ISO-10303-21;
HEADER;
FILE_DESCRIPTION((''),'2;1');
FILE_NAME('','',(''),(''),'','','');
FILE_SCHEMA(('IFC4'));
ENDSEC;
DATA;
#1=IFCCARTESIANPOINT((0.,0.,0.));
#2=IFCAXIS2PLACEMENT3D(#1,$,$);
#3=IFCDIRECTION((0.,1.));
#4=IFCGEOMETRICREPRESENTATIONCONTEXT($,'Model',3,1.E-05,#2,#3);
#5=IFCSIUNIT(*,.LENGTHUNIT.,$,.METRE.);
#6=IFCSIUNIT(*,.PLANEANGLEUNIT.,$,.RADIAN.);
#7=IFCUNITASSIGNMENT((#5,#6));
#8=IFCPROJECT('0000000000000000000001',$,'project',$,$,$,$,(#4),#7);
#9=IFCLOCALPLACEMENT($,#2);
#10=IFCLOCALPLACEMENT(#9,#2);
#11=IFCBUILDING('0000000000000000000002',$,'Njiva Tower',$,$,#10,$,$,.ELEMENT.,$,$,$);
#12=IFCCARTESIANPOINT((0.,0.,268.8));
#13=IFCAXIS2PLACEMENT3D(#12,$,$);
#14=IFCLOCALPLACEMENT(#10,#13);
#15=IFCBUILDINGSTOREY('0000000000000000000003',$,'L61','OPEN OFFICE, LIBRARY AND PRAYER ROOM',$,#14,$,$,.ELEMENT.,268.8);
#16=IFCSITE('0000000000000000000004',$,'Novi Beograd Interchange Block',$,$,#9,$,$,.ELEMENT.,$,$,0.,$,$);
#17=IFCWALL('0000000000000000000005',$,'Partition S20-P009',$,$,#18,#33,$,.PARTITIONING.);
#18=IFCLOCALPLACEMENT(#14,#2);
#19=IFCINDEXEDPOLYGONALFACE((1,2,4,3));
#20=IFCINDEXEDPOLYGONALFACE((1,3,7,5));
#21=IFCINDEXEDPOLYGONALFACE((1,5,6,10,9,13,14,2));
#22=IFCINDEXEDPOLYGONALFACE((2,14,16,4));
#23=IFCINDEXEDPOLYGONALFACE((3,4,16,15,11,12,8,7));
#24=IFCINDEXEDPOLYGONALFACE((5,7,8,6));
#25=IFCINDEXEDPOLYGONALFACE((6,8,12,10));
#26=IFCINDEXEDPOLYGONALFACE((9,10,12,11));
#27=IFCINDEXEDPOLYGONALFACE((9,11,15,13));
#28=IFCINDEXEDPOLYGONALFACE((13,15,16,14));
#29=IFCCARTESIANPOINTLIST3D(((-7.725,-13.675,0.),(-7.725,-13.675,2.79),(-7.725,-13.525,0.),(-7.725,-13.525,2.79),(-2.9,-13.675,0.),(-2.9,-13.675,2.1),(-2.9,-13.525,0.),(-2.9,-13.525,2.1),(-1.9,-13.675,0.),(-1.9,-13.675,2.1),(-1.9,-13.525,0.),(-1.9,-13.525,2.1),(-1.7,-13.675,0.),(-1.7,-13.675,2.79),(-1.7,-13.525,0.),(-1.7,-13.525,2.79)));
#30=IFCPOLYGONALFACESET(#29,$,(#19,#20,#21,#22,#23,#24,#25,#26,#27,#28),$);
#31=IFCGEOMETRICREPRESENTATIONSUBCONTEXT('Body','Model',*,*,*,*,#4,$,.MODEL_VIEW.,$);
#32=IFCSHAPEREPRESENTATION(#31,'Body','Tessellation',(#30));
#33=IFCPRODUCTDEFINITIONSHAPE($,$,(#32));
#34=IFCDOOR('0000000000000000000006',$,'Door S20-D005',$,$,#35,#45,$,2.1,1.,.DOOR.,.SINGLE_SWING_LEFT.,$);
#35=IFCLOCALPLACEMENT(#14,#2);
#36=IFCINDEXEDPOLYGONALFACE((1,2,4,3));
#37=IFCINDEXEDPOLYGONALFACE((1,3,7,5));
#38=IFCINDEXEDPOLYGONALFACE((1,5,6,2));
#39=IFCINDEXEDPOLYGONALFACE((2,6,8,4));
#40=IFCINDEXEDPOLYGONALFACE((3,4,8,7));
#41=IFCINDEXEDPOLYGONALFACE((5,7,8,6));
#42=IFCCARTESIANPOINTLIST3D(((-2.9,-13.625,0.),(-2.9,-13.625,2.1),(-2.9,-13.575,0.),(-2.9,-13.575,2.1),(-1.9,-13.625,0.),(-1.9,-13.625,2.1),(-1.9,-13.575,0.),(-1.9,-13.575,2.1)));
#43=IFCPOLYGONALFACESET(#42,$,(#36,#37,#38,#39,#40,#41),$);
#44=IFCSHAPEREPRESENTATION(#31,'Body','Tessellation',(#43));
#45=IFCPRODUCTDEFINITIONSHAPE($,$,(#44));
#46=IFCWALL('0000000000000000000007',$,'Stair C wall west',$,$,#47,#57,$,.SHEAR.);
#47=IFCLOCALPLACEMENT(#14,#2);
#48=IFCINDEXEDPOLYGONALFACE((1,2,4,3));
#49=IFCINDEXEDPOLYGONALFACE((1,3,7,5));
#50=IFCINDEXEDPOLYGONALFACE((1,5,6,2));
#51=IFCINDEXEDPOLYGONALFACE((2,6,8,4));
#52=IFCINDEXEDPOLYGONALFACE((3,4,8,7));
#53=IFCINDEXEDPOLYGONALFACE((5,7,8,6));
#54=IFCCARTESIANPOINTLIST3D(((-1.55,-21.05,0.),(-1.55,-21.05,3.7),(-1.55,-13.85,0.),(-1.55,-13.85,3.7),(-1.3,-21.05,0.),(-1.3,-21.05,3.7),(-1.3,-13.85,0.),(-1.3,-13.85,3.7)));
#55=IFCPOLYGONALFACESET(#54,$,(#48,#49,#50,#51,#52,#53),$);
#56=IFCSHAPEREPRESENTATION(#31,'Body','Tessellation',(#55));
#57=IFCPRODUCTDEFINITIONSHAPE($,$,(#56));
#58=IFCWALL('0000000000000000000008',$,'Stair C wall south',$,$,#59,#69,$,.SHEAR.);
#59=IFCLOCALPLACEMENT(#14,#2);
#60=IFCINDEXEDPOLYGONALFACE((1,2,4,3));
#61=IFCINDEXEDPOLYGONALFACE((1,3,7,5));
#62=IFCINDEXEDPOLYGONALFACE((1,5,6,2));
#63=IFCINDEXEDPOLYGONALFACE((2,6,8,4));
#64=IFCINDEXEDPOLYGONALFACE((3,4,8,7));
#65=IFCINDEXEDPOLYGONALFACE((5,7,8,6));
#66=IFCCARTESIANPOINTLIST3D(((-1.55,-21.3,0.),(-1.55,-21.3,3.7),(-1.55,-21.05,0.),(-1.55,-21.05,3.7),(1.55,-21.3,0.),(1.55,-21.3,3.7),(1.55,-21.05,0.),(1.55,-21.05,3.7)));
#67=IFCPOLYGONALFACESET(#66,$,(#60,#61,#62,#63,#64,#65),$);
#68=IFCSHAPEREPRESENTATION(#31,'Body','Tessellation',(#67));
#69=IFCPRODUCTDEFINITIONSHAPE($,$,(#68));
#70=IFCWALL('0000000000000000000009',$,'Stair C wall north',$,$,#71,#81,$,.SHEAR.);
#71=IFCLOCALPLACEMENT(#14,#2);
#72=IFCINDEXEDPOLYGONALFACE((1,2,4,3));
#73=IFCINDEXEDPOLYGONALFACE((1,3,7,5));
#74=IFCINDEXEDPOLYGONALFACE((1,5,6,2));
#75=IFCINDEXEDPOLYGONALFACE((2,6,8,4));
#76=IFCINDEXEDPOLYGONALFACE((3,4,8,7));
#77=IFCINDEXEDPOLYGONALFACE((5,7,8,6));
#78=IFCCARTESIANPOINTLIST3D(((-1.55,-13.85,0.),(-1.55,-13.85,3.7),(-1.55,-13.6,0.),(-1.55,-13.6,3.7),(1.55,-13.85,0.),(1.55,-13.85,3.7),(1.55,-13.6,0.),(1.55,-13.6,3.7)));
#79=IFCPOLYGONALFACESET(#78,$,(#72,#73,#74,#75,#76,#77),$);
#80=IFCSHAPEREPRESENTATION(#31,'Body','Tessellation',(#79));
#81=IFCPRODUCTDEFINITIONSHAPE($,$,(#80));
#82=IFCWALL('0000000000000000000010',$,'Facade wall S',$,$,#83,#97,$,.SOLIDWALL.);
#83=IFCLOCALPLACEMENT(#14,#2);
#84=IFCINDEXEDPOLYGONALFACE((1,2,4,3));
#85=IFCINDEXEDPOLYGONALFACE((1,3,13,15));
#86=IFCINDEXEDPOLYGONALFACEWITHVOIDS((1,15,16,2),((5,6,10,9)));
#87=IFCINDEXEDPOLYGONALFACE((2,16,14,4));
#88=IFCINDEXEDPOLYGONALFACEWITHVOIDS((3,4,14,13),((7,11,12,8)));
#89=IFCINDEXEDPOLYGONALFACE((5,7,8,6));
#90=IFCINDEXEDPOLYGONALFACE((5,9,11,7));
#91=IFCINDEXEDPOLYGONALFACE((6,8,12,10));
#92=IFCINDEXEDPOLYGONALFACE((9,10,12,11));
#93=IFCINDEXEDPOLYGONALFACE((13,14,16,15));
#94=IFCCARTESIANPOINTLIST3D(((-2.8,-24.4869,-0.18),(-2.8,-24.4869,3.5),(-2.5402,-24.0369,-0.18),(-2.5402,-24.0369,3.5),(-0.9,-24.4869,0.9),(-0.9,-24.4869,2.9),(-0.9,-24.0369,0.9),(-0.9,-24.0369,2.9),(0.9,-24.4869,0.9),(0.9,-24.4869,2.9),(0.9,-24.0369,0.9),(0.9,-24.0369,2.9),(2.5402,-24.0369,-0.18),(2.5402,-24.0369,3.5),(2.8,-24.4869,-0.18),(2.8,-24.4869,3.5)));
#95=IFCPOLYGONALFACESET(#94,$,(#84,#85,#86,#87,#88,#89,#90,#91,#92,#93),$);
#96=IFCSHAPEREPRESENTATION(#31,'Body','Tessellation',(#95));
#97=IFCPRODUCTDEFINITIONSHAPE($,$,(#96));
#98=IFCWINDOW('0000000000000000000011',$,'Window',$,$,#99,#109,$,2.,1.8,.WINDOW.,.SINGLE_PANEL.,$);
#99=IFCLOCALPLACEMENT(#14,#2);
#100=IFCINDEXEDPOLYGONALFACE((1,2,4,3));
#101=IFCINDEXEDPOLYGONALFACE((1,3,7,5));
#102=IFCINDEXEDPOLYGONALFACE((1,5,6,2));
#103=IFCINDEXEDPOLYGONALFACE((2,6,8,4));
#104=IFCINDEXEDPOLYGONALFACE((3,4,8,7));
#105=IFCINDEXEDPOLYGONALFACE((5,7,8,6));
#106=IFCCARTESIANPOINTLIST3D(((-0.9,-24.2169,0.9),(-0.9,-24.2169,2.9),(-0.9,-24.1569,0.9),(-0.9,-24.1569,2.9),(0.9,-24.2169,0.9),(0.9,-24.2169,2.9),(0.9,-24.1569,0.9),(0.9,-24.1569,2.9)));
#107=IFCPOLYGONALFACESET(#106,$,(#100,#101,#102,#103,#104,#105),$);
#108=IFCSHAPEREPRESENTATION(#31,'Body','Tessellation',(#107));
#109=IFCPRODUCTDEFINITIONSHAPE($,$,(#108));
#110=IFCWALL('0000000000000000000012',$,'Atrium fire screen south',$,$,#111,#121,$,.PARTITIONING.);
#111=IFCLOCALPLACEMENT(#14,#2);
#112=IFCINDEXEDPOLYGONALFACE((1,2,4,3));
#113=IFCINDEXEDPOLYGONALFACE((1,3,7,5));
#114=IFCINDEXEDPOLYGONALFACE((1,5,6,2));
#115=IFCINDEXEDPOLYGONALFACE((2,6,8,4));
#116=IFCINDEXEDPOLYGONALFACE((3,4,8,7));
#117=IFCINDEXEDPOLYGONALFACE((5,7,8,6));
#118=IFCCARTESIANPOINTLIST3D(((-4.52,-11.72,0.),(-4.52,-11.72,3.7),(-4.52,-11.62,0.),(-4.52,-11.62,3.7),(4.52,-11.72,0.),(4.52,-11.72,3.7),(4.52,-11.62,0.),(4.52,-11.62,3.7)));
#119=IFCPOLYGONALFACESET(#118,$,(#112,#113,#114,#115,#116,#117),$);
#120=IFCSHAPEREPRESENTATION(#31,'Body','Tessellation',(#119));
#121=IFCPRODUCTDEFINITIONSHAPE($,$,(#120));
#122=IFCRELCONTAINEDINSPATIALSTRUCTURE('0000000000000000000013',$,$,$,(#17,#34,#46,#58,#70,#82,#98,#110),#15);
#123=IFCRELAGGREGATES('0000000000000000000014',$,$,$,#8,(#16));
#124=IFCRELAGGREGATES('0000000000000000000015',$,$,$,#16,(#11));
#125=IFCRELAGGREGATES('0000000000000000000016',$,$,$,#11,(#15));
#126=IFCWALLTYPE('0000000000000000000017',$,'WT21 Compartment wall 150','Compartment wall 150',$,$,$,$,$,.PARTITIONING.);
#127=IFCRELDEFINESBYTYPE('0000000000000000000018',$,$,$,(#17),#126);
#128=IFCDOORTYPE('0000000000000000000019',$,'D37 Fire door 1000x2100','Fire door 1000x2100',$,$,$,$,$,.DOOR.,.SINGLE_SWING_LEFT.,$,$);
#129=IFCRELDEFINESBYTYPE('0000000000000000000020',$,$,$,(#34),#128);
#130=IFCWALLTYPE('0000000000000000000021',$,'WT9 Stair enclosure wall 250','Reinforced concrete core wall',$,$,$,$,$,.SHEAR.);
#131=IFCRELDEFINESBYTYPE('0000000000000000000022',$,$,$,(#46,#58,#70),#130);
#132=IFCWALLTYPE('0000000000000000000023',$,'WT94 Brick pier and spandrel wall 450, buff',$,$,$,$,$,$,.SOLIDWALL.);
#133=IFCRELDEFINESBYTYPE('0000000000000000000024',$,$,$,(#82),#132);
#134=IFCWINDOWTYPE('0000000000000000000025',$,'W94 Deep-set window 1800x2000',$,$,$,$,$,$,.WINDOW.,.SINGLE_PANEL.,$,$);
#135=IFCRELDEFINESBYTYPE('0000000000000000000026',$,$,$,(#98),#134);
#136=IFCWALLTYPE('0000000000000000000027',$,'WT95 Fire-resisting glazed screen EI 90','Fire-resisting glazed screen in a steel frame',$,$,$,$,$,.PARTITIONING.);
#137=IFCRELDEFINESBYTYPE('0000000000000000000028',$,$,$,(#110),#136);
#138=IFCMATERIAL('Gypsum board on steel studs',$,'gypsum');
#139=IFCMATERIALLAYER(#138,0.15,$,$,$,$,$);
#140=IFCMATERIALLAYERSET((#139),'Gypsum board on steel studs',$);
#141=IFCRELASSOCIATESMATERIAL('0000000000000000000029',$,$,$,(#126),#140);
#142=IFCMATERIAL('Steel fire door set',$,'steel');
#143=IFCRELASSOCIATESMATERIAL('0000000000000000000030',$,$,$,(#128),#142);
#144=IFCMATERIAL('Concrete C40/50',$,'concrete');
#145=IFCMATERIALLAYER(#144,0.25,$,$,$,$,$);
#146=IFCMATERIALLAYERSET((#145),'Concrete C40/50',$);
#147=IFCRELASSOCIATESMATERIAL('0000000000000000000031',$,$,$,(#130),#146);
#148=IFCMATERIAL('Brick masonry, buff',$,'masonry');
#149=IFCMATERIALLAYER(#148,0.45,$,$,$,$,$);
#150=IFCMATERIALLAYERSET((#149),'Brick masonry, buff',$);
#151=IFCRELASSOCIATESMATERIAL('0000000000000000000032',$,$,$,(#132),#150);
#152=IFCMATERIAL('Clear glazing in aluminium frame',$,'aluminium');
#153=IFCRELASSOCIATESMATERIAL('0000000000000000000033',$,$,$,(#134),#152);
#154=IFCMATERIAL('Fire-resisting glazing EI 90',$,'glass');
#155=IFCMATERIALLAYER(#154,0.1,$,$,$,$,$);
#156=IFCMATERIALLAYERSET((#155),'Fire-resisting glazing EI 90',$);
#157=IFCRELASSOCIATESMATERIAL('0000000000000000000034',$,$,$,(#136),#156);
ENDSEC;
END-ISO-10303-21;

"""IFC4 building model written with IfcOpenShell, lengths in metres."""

from ifc_helpers import new_model, si_unit, direction, frame, frame_2d, origin, place, context, subcontext, project, spatial, polyline, rectangle, outline, extrude, material, layer, layer_set, type_object, element, fill, save


model = new_model("IFC4")

# Units and contexts
model_context = context("Model", 3, precision=1e-05, world=origin(), true_north=direction((0.0, 1.0)))
body_context = subcontext(model_context, "Body", "Model", "MODEL_VIEW")
ifc_project = project(units=[si_unit("LENGTHUNIT", "METRE"), si_unit("PLANEANGLEUNIT", "RADIAN")], contexts=[model_context])

# Site, building, storey
site_placement = place(None, origin())
site = spatial("IfcSite", under=ifc_project, at=site_placement, Name="Novi Beograd Interchange Block", CompositionType="ELEMENT", RefElevation=0.0)
building_placement = place(site_placement, origin())
building = spatial("IfcBuilding", under=site, at=building_placement, Name="Njiva Tower", CompositionType="ELEMENT")
storey_placement = place(building_placement, frame((0.0, 0.0, 268.8)))
storey = spatial("IfcBuildingStorey", under=building, at=storey_placement, Name="L61", Description="OPEN OFFICE, LIBRARY AND PRAYER ROOM", CompositionType="ELEMENT", Elevation=268.8)

# Shared definitions
ifc_material_1 = material(Name="Gypsum board on steel studs", Category="gypsum")
ifc_layer_1 = layer(ifc_material_1, 0.15)
ifc_layer_set_1 = layer_set([ifc_layer_1], Name="Gypsum board on steel studs")
wall_type_1 = type_object("IfcWallType", Name="WT21 Compartment wall 150", Description="Compartment wall 150", PredefinedType="PARTITIONING", material=ifc_layer_set_1)

# Wall, opening, door
ifc_material_2 = material(Name="Steel fire door set", Category="steel")
door_type = type_object("IfcDoorType", Name="D37 Fire door 1000x2100", Description="Fire door 1000x2100", OperationType="SINGLE_SWING_LEFT", PredefinedType="DOOR", material=ifc_material_2)
wall_1_placement = place(storey_placement, frame((-7.725, -13.6, 0.0), z_axis=(0.0, 0.0, 1.0), x_axis=(1.0, 0.0, 0.0)))
wall_1 = element("IfcWall", 1, at=wall_1_placement, inside=storey, type_object=wall_type_1, Name="Partition S20-P009", PredefinedType="PARTITIONING", context=body_context, shape_type="SweptSolid", body=[
    extrude(rectangle(XDim=6.025, YDim=0.15, at=frame_2d((3.0125, 0.0))), origin(), (0.0, 0.0, 1.0), 2.79),
])
opening_1_placement = place(wall_1_placement, frame((4.825, 0.0, 0.0)))
opening_1 = element("IfcOpeningElement", 2, at=opening_1_placement, cuts=wall_1, PredefinedType="OPENING", context=body_context, shape_type="SweptSolid", body=[
    extrude(rectangle(XDim=1.0, YDim=2.1, at=frame_2d((0.5, 1.05))), frame((0.0, 0.085, 0.0), z_axis=(0.0, -1.0, 0.0), x_axis=(1.0, 0.0, 0.0)), (0.0, 0.0, 1.0), 0.17),
])
door_1_placement = place(opening_1_placement, origin())
door_1 = element("IfcDoor", 3, at=door_1_placement, inside=storey, type_object=door_type, Name="Door S20-D005", OperationType="SINGLE_SWING_LEFT", OverallHeight=2.1, OverallWidth=1.0, PredefinedType="DOOR", context=body_context, shape_type="SweptSolid", body=[
    extrude(rectangle(XDim=1.0, YDim=2.1, at=frame_2d((0.5, 1.05))), frame((0.0, 0.025, 0.0), z_axis=(0.0, -1.0, 0.0), x_axis=(1.0, 0.0, 0.0)), (0.0, 0.0, 1.0), 0.05),
])
fill(opening_1, door_1)

# Walls
ifc_material_3 = material(Name="Concrete C40/50", Category="concrete")
ifc_layer_2 = layer(ifc_material_3, 0.25)
ifc_layer_set_2 = layer_set([ifc_layer_2], Name="Concrete C40/50")
wall_type_2 = type_object("IfcWallType", Name="WT9 Stair enclosure wall 250", Description="Reinforced concrete core wall", PredefinedType="SHEAR", material=ifc_layer_set_2)
wall_2_placement = place(storey_placement, frame((-1.425, -21.05, 0.0), z_axis=(0.0, 0.0, 1.0), x_axis=(0.0, 1.0, 0.0)))
element("IfcWall", 4, at=wall_2_placement, inside=storey, type_object=wall_type_2, Name="Stair C wall west", PredefinedType="SHEAR", context=body_context, shape_type="SweptSolid", body=[
    extrude(rectangle(XDim=7.2, YDim=0.25, at=frame_2d((3.6, 0.0))), origin(), (0.0, 0.0, 1.0), 3.7),
])
for number, where, z_axis, x_axis, name in (
    (5, (-1.55, -21.175, 0.0), (0.0, 0.0, 1.0), (1.0, 0.0, 0.0), "Stair C wall south"),
    (6, (-1.55, -13.725, 0.0), (0.0, 0.0, 1.0), (1.0, 0.0, 0.0), "Stair C wall north"),
):
    element("IfcWall", number, at=place(storey_placement, frame(where, z_axis=z_axis, x_axis=x_axis)), inside=storey, type_object=wall_type_2, Name=name, PredefinedType="SHEAR", context=body_context, shape_type="SweptSolid", body=[
        extrude(rectangle(XDim=3.1, YDim=0.25, at=frame_2d((1.55, 0.0))), origin(), (0.0, 0.0, 1.0), 3.7),
    ])

# Wall, opening, window
ifc_material_4 = material(Name="Brick masonry, buff", Category="masonry")
ifc_layer_3 = layer(ifc_material_4, 0.45)
ifc_layer_set_3 = layer_set([ifc_layer_3], Name="Brick masonry, buff")
wall_type_3 = type_object("IfcWallType", Name="WT94 Brick pier and spandrel wall 450, buff", PredefinedType="SOLIDWALL", material=ifc_layer_set_3)
wall_3_placement = place(storey_placement, frame((-2.6701, -24.2619, -0.18), z_axis=(0.0, 0.0, 1.0), x_axis=(1.0, 0.0, 0.0)))
wall_3 = element("IfcWall", 7, at=wall_3_placement, inside=storey, type_object=wall_type_3, Name="Facade wall S", PredefinedType="SOLIDWALL", context=body_context, shape_type="SweptSolid", body=[
    extrude(outline(polyline([(-0.1299, -0.225), (5.4701, -0.225), (5.2103, 0.225), (0.1299, 0.225), (-0.1299, -0.225)])), origin(), (0.0, 0.0, 1.0), 3.68),
])
opening_2_placement = place(wall_3_placement, frame((1.7701, 0.0, 1.08)))
opening_2 = element("IfcOpeningElement", 8, at=opening_2_placement, cuts=wall_3, PredefinedType="OPENING", context=body_context, shape_type="SweptSolid", body=[
    extrude(rectangle(XDim=1.8, YDim=2.0, at=frame_2d((0.9, 1.0))), frame((0.0, 0.235, 0.0), z_axis=(0.0, -1.0, 0.0), x_axis=(1.0, 0.0, 0.0)), (0.0, 0.0, 1.0), 0.47),
])
ifc_material_5 = material(Name="Clear glazing in aluminium frame", Category="aluminium")
window_type = type_object("IfcWindowType", Name="W94 Deep-set window 1800x2000", PartitioningType="SINGLE_PANEL", PredefinedType="WINDOW", material=ifc_material_5)
window_placement = place(opening_2_placement, origin())
window = element("IfcWindow", 9, at=window_placement, inside=storey, type_object=window_type, Name="Window", OverallHeight=2.0, OverallWidth=1.8, PartitioningType="SINGLE_PANEL", PredefinedType="WINDOW", context=body_context, shape_type="SweptSolid", body=[
    extrude(rectangle(XDim=1.8, YDim=2.0, at=frame_2d((0.9, 1.0))), frame((0.0, 0.105, 0.0), z_axis=(0.0, -1.0, 0.0), x_axis=(1.0, 0.0, 0.0)), (0.0, 0.0, 1.0), 0.06),
])
fill(opening_2, window)

# Wall
ifc_material_6 = material(Name="Fire-resisting glazing EI 90", Category="glass")
ifc_layer_4 = layer(ifc_material_6, 0.1)
ifc_layer_set_4 = layer_set([ifc_layer_4], Name="Fire-resisting glazing EI 90")
wall_type_4 = type_object("IfcWallType", Name="WT95 Fire-resisting glazed screen EI 90", Description="Fire-resisting glazed screen in a steel frame", PredefinedType="PARTITIONING", material=ifc_layer_set_4)
wall_4_placement = place(storey_placement, frame((-4.52, -11.67, 0.0), z_axis=(0.0, 0.0, 1.0), x_axis=(1.0, 0.0, 0.0)))
element("IfcWall", 10, at=wall_4_placement, inside=storey, type_object=wall_type_4, Name="Atrium fire screen south", PredefinedType="PARTITIONING", context=body_context, shape_type="SweptSolid", body=[
    extrude(rectangle(XDim=9.04, YDim=0.1, at=frame_2d((4.52, 0.0))), origin(), (0.0, 0.0, 1.0), 3.7),
])

save(model, "model.ifc")
